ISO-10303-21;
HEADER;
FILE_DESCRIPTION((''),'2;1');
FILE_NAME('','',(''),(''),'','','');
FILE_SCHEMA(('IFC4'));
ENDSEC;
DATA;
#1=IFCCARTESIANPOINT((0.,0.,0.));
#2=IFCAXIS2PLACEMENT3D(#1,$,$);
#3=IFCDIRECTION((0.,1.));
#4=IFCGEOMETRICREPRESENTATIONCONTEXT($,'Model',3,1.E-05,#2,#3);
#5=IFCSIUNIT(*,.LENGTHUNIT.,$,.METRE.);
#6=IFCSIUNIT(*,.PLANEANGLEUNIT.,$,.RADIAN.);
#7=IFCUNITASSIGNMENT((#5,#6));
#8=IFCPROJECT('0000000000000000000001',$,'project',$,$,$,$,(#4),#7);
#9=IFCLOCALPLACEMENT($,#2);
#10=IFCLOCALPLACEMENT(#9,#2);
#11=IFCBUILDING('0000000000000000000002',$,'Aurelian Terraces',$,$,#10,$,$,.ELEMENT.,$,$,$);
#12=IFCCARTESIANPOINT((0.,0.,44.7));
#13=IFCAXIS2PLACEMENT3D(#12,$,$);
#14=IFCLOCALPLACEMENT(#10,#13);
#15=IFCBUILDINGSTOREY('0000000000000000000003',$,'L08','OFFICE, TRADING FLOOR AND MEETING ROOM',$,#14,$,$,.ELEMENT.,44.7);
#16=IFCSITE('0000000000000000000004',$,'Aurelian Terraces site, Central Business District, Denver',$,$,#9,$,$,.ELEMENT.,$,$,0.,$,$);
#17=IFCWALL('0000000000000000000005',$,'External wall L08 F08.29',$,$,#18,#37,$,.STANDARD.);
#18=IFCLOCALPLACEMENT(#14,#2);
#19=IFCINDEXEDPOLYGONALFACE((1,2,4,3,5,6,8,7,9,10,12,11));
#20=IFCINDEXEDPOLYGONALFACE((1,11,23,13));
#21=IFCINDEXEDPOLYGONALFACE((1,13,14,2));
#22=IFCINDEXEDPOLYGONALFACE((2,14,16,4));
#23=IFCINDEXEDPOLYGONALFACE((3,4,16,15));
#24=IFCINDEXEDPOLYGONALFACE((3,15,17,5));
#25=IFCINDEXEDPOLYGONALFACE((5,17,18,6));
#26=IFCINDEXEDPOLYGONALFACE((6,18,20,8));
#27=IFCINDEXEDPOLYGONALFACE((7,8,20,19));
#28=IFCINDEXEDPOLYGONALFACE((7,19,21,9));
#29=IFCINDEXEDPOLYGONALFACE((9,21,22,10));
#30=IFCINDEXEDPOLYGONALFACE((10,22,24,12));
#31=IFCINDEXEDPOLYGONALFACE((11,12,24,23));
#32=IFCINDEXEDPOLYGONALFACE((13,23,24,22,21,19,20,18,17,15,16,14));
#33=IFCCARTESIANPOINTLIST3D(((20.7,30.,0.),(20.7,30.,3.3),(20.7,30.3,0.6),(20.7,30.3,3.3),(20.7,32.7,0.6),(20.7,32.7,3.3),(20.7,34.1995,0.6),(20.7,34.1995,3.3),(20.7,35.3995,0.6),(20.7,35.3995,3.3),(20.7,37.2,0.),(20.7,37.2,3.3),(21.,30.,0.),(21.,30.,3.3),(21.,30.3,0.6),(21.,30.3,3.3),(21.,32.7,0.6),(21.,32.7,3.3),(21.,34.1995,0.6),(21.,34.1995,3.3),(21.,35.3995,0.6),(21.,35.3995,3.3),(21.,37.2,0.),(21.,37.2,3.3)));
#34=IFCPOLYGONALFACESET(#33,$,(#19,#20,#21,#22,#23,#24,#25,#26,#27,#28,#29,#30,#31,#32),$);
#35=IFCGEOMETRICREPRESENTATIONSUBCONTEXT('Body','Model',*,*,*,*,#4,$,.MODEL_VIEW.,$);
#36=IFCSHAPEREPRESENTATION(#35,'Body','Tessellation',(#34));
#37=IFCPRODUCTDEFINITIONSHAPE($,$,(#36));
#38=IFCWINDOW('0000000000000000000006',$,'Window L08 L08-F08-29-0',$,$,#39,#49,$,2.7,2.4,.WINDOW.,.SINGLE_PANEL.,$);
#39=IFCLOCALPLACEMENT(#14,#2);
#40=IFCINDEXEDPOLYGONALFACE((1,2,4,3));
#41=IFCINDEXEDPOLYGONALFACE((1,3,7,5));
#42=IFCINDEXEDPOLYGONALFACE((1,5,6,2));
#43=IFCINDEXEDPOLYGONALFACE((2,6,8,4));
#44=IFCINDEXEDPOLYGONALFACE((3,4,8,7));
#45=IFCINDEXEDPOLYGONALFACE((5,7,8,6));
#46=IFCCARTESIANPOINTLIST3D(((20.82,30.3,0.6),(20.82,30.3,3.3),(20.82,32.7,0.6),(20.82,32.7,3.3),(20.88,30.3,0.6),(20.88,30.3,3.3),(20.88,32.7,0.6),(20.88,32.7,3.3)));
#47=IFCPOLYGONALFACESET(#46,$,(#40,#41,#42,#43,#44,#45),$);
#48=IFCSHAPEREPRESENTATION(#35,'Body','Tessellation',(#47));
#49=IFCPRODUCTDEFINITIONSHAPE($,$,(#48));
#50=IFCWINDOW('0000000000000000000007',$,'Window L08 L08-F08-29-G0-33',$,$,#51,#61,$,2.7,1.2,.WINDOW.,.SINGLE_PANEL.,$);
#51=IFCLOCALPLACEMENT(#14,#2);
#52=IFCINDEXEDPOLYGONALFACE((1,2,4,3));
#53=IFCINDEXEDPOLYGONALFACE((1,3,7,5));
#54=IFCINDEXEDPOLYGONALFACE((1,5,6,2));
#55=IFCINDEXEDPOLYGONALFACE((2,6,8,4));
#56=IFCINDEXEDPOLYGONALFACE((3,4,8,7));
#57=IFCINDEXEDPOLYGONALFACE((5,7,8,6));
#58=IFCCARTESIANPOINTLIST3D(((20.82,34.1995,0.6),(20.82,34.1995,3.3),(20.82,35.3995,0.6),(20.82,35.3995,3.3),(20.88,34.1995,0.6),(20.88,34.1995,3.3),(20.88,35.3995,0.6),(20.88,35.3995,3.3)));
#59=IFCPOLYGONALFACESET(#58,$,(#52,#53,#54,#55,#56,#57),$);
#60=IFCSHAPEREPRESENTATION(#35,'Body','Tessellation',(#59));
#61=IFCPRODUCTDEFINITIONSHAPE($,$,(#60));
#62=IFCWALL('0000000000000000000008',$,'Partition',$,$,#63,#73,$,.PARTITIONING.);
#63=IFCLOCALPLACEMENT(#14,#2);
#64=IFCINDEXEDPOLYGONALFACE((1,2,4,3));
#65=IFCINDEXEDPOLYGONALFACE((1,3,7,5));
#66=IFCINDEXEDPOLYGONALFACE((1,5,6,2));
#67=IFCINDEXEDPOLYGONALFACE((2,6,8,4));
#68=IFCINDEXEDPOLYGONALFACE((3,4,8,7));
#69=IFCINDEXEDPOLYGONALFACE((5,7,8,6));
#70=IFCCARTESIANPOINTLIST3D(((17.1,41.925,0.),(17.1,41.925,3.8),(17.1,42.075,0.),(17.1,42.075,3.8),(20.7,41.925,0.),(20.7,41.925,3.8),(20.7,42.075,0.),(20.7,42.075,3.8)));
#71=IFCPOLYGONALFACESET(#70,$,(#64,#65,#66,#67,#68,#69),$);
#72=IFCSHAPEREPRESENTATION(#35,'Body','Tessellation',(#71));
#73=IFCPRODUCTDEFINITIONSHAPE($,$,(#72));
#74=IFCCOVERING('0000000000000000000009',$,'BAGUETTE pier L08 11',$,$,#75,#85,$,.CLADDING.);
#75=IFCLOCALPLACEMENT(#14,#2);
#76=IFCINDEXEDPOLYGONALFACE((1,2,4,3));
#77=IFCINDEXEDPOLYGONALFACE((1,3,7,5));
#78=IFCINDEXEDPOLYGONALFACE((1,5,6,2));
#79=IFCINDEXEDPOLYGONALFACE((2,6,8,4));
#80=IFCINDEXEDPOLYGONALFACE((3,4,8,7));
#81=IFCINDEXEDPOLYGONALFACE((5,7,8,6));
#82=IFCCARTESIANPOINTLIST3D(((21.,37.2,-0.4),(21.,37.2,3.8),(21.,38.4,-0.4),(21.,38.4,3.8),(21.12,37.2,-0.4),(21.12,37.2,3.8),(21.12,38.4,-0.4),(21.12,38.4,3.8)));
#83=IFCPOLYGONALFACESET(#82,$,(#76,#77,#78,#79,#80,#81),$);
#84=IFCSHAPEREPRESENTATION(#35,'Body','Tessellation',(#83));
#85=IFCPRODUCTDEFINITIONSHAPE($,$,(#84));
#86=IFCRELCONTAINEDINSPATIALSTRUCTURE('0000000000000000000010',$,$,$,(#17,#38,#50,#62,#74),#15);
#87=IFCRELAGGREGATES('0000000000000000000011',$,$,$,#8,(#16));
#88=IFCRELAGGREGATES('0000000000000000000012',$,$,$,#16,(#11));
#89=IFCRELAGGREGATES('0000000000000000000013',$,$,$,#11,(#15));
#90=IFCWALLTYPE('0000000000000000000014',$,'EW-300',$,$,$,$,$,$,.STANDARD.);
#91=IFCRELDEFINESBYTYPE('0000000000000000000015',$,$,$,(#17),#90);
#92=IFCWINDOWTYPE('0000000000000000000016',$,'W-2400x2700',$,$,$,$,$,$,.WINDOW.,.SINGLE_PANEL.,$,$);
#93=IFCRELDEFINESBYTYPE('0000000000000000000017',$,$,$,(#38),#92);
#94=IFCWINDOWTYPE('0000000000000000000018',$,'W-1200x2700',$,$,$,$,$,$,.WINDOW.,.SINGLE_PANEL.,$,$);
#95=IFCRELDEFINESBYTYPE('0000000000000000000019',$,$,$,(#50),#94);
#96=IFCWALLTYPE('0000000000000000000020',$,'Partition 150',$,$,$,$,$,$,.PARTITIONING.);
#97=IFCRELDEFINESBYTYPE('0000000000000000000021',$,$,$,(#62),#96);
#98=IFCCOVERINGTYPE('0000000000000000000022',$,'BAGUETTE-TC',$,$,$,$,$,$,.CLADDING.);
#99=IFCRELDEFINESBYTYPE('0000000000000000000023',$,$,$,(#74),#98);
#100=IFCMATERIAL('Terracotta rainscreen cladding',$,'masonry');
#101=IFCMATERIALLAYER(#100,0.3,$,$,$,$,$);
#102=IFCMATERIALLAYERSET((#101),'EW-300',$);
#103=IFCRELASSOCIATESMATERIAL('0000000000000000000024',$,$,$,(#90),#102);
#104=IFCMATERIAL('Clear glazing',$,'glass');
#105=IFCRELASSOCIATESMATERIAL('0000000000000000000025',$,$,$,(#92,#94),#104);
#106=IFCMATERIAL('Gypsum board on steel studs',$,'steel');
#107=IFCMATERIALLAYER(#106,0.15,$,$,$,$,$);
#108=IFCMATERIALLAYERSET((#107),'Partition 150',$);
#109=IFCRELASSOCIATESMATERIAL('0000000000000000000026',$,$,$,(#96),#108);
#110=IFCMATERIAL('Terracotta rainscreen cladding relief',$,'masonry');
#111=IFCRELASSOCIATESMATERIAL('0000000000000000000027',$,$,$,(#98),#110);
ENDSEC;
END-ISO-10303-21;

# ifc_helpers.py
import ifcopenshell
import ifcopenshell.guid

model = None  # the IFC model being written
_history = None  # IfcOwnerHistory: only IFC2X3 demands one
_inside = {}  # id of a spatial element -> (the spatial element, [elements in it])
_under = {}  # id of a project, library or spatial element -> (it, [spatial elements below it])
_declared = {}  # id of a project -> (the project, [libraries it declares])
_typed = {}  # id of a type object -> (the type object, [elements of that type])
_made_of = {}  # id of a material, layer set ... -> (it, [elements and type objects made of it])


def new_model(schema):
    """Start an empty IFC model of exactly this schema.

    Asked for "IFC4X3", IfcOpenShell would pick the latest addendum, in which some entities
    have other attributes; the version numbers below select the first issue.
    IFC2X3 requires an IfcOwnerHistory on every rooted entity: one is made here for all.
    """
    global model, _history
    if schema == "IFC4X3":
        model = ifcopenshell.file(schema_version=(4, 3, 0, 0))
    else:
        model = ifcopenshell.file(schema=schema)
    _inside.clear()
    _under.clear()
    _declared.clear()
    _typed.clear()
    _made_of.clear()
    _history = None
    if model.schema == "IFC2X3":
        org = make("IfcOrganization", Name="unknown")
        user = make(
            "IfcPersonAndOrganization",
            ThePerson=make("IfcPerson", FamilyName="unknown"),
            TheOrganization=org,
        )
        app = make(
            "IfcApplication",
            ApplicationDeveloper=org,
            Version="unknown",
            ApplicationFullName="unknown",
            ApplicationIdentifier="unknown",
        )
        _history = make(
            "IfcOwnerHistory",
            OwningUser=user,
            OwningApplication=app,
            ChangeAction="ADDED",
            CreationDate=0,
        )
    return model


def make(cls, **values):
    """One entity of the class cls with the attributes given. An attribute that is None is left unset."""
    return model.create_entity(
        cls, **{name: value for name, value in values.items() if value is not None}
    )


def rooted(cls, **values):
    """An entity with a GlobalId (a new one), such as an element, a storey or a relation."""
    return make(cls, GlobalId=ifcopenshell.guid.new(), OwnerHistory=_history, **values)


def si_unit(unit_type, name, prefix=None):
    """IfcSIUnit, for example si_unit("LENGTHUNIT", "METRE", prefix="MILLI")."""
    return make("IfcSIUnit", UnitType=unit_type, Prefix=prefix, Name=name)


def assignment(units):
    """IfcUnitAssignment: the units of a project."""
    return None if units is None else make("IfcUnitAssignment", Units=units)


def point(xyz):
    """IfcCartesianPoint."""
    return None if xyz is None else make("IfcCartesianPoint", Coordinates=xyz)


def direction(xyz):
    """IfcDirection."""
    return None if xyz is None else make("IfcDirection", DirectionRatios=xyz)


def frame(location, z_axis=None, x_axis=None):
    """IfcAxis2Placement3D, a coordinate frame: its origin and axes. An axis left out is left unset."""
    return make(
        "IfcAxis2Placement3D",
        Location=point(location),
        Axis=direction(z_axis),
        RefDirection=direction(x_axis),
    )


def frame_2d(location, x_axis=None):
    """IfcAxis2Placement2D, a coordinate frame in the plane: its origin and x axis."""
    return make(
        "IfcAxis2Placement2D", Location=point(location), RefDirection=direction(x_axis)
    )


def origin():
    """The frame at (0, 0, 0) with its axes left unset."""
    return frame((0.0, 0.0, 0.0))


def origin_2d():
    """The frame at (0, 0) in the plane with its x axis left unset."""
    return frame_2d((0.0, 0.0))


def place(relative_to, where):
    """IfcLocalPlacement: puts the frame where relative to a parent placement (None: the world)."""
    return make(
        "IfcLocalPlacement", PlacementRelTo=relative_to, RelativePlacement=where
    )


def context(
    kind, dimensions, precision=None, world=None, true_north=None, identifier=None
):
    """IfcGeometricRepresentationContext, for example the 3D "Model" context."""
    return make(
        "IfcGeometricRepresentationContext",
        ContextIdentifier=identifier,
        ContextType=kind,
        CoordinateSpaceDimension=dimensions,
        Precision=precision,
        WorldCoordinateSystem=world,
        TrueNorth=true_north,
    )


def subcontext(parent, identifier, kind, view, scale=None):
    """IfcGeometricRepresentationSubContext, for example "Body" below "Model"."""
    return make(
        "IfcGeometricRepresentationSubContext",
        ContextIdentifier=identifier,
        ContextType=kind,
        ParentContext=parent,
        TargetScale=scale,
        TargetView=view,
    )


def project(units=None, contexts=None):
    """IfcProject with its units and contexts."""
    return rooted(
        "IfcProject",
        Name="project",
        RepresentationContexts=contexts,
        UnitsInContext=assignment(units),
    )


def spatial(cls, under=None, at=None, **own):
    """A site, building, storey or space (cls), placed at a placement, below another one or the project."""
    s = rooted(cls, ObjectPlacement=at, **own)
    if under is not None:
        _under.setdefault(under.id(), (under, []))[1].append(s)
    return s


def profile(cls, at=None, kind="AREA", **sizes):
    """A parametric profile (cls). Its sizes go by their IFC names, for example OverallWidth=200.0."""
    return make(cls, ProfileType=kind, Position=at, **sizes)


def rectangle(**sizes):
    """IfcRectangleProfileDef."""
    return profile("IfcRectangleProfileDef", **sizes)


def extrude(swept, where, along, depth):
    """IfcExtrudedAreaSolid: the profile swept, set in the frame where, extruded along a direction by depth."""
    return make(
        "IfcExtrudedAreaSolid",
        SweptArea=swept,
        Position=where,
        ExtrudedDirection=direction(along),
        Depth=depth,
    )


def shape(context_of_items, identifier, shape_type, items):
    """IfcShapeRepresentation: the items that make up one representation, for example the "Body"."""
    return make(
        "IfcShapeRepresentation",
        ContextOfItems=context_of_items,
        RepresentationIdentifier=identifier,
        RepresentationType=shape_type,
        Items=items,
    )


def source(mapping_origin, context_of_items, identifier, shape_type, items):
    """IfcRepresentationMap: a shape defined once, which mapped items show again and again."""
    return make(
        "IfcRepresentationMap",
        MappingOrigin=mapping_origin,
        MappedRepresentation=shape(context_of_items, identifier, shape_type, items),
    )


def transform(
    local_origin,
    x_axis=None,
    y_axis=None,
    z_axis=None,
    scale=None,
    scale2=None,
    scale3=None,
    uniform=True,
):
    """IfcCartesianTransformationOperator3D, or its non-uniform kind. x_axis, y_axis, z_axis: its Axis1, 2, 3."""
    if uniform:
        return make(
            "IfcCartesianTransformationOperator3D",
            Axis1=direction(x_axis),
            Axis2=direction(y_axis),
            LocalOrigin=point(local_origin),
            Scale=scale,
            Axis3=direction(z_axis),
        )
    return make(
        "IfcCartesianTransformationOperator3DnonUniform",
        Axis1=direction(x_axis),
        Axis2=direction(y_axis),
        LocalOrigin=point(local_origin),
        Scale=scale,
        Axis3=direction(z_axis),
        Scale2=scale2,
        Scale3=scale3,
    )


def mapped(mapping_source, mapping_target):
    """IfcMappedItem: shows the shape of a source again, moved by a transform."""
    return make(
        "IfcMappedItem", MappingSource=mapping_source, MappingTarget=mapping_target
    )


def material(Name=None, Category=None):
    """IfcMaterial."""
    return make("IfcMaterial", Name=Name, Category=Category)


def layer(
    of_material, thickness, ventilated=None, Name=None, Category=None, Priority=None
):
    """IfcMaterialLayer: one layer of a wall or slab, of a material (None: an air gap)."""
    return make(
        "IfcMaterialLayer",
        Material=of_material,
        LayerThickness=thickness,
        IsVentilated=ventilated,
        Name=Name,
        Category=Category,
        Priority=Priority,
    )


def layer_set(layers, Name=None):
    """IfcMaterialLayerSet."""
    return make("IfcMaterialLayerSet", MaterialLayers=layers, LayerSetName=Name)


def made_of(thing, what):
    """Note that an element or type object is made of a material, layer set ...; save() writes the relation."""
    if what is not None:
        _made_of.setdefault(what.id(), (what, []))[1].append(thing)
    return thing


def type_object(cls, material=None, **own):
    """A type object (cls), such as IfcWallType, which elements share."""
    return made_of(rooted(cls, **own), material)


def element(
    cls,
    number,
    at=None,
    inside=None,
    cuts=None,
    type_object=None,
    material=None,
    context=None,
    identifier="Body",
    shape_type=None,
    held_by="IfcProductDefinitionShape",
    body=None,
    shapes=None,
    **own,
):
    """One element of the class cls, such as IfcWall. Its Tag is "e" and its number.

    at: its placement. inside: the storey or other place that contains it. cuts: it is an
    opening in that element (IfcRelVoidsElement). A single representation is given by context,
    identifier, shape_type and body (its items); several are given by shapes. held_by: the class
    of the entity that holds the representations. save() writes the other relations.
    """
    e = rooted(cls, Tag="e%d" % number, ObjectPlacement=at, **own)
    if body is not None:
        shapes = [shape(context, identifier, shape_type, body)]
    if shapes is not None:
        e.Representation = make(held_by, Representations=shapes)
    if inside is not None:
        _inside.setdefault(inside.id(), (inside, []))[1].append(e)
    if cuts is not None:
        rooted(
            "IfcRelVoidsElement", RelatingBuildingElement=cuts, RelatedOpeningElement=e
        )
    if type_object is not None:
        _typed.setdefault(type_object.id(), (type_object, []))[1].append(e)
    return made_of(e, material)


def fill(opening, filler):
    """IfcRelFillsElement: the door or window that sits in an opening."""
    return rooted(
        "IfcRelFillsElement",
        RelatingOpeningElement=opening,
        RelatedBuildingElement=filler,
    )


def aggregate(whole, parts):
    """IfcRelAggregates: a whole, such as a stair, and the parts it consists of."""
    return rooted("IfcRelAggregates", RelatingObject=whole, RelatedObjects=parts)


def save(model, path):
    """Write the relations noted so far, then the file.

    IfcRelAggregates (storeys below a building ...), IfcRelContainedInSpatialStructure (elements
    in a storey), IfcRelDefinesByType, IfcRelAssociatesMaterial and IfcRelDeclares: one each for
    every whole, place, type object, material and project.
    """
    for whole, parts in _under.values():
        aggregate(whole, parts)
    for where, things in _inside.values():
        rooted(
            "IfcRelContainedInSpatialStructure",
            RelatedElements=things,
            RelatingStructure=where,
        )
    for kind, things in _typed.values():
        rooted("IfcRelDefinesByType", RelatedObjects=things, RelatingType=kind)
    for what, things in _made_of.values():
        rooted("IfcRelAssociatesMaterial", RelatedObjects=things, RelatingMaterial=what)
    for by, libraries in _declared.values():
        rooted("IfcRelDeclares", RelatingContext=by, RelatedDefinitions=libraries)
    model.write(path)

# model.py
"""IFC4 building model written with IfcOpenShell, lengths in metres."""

from ifc_helpers import new_model, si_unit, direction, frame, frame_2d, origin, origin_2d, place, context, subcontext, project, spatial, rectangle, extrude, source, transform, mapped, material, layer, layer_set, type_object, element, fill, save


model = new_model("IFC4")

# Units and contexts
model_context = context("Model", 3, precision=1e-05, world=origin(), true_north=direction((0.0, 1.0)))
body_context = subcontext(model_context, "Body", "Model", "MODEL_VIEW")
ifc_project = project(units=[si_unit("LENGTHUNIT", "METRE"), si_unit("PLANEANGLEUNIT", "RADIAN")], contexts=[model_context])

# Site, building, storey
site_placement = place(None, origin())
site = spatial("IfcSite", under=ifc_project, at=site_placement, Name="Aurelian Terraces site, Central Business District, Denver", CompositionType="ELEMENT", RefElevation=0.0)
building_placement = place(site_placement, origin())
building = spatial("IfcBuilding", under=site, at=building_placement, Name="Aurelian Terraces", CompositionType="ELEMENT")
storey_placement = place(building_placement, frame((0.0, 0.0, 44.7)))
storey = spatial("IfcBuildingStorey", under=building, at=storey_placement, Name="L08", Description="OFFICE, TRADING FLOOR AND MEETING ROOM", CompositionType="ELEMENT", Elevation=44.7)

# Wall, openings, windows
ifc_material_1 = material(Name="Terracotta rainscreen cladding", Category="masonry")
ifc_layer_1 = layer(ifc_material_1, 0.3)
ifc_layer_set_1 = layer_set([ifc_layer_1], Name="EW-300")
wall_type_1 = type_object("IfcWallType", Name="EW-300", PredefinedType="STANDARD", material=ifc_layer_set_1)
shared_shape_1 = source(origin(), body_context, "Body", "SweptSolid", [
    extrude(rectangle(XDim=2.4, YDim=2.7, at=frame_2d((1.2, 1.35))), frame((0.0, 0.16, 0.0), z_axis=(0.0, -1.0, 0.0), x_axis=(1.0, 0.0, 0.0)), (0.0, 0.0, 1.0), 0.32),
])
ifc_material_2 = material(Name="Clear glazing", Category="glass")
window_type_1 = type_object("IfcWindowType", Name="W-2400x2700", PartitioningType="SINGLE_PANEL", PredefinedType="WINDOW", material=ifc_material_2)
shared_shape_2 = source(origin(), body_context, "Body", "SweptSolid", [
    extrude(rectangle(XDim=2.4, YDim=2.7, at=frame_2d((1.2, 1.35))), frame((0.0, 0.03, 0.0), z_axis=(0.0, -1.0, 0.0), x_axis=(1.0, 0.0, 0.0)), (0.0, 0.0, 1.0), 0.06),
])
shared_shape_3 = source(origin(), body_context, "Body", "SweptSolid", [
    extrude(rectangle(XDim=7.2, YDim=0.3, at=frame_2d((3.6, 0.0))), origin(), (0.0, 0.0, 1.0), 3.3),
])
wall_1_placement = place(storey_placement, frame((20.85, 30.0, 0.0), z_axis=(0.0, 0.0, 1.0), x_axis=(0.0, 1.0, 0.0)))
wall_1 = element("IfcWall", 1, at=wall_1_placement, inside=storey, type_object=wall_type_1, Name="External wall L08 F08.29", PredefinedType="STANDARD", context=body_context, shape_type="MappedRepresentation", body=[
    mapped(shared_shape_3, transform((0.0, 0.0, 0.0), scale=1.0)),
])
opening_1_placement = place(wall_1_placement, frame((0.3, 0.0, 0.6)))
opening_1 = element("IfcOpeningElement", 2, at=opening_1_placement, cuts=wall_1, PredefinedType="OPENING", context=body_context, shape_type="MappedRepresentation", body=[
    mapped(shared_shape_1, transform((0.0, 0.0, 0.0), scale=1.0)),
])
shared_shape_4 = source(origin(), body_context, "Body", "SweptSolid", [
    extrude(rectangle(XDim=1.2, YDim=2.7, at=frame_2d((0.6, 1.35))), frame((0.0, 0.16, 0.0), z_axis=(0.0, -1.0, 0.0), x_axis=(1.0, 0.0, 0.0)), (0.0, 0.0, 1.0), 0.32),
])
opening_2_placement = place(wall_1_placement, frame((4.1995, 0.0, 0.6)))
opening_2 = element("IfcOpeningElement", 3, at=opening_2_placement, cuts=wall_1, PredefinedType="OPENING", context=body_context, shape_type="MappedRepresentation", body=[
    mapped(shared_shape_4, transform((0.0, 0.0, 0.0), scale=1.0)),
])
window_1_placement = place(opening_1_placement, origin())
window_1 = element("IfcWindow", 4, at=window_1_placement, inside=storey, type_object=window_type_1, Name="Window L08 L08-F08-29-0", OverallHeight=2.7, OverallWidth=2.4, PartitioningType="SINGLE_PANEL", PredefinedType="WINDOW", context=body_context, shape_type="MappedRepresentation", body=[
    mapped(shared_shape_2, transform((0.0, 0.0, 0.0), scale=1.0)),
])
fill(opening_1, window_1)
window_type_2 = type_object("IfcWindowType", Name="W-1200x2700", PartitioningType="SINGLE_PANEL", PredefinedType="WINDOW", material=ifc_material_2)
shared_shape_5 = source(origin(), body_context, "Body", "SweptSolid", [
    extrude(rectangle(XDim=1.2, YDim=2.7, at=frame_2d((0.6, 1.35))), frame((0.0, 0.03, 0.0), z_axis=(0.0, -1.0, 0.0), x_axis=(1.0, 0.0, 0.0)), (0.0, 0.0, 1.0), 0.06),
])
window_2_placement = place(opening_2_placement, origin())
window_2 = element("IfcWindow", 5, at=window_2_placement, inside=storey, type_object=window_type_2, Name="Window L08 L08-F08-29-G0-33", OverallHeight=2.7, OverallWidth=1.2, PartitioningType="SINGLE_PANEL", PredefinedType="WINDOW", context=body_context, shape_type="MappedRepresentation", body=[
    mapped(shared_shape_5, transform((0.0, 0.0, 0.0), scale=1.0)),
])
fill(opening_2, window_2)

# Wall
ifc_material_3 = material(Name="Gypsum board on steel studs", Category="steel")
ifc_layer_2 = layer(ifc_material_3, 0.15)
ifc_layer_set_2 = layer_set([ifc_layer_2], Name="Partition 150")
wall_type_2 = type_object("IfcWallType", Name="Partition 150", PredefinedType="PARTITIONING", material=ifc_layer_set_2)
shared_shape_6 = source(origin(), body_context, "Body", "SweptSolid", [
    extrude(rectangle(XDim=3.6, YDim=0.15, at=frame_2d((1.8, 0.0))), origin(), (0.0, 0.0, 1.0), 3.8),
])
wall_2_placement = place(storey_placement, frame((20.7, 42.0, 0.0), z_axis=(0.0, 0.0, 1.0), x_axis=(-1.0, 0.0, 0.0)))
element("IfcWall", 6, at=wall_2_placement, inside=storey, type_object=wall_type_2, Name="Partition", PredefinedType="PARTITIONING", context=body_context, shape_type="MappedRepresentation", body=[
    mapped(shared_shape_6, transform((0.0, 0.0, 0.0), scale=1.0)),
])

# Covering
ifc_material_4 = material(Name="Terracotta rainscreen cladding relief", Category="masonry")
covering_type = type_object("IfcCoveringType", Name="BAGUETTE-TC", PredefinedType="CLADDING", material=ifc_material_4)
shared_shape_7 = source(origin(), body_context, "Body", "SweptSolid", [
    extrude(rectangle(XDim=0.12, YDim=1.2, at=origin_2d()), origin(), (0.0, 0.0, 1.0), 4.2),
])
covering_placement = place(storey_placement, frame((21.06, 37.8, -0.4), z_axis=(0.0, 0.0, 1.0), x_axis=(1.0, 0.0, 0.0)))
element("IfcCovering", 7, at=covering_placement, inside=storey, type_object=covering_type, Name="BAGUETTE pier L08 11", PredefinedType="CLADDING", context=body_context, shape_type="MappedRepresentation", body=[
    mapped(shared_shape_7, transform((0.0, 0.0, 0.0), scale=1.0)),
])

save(model, "model.ifc")
